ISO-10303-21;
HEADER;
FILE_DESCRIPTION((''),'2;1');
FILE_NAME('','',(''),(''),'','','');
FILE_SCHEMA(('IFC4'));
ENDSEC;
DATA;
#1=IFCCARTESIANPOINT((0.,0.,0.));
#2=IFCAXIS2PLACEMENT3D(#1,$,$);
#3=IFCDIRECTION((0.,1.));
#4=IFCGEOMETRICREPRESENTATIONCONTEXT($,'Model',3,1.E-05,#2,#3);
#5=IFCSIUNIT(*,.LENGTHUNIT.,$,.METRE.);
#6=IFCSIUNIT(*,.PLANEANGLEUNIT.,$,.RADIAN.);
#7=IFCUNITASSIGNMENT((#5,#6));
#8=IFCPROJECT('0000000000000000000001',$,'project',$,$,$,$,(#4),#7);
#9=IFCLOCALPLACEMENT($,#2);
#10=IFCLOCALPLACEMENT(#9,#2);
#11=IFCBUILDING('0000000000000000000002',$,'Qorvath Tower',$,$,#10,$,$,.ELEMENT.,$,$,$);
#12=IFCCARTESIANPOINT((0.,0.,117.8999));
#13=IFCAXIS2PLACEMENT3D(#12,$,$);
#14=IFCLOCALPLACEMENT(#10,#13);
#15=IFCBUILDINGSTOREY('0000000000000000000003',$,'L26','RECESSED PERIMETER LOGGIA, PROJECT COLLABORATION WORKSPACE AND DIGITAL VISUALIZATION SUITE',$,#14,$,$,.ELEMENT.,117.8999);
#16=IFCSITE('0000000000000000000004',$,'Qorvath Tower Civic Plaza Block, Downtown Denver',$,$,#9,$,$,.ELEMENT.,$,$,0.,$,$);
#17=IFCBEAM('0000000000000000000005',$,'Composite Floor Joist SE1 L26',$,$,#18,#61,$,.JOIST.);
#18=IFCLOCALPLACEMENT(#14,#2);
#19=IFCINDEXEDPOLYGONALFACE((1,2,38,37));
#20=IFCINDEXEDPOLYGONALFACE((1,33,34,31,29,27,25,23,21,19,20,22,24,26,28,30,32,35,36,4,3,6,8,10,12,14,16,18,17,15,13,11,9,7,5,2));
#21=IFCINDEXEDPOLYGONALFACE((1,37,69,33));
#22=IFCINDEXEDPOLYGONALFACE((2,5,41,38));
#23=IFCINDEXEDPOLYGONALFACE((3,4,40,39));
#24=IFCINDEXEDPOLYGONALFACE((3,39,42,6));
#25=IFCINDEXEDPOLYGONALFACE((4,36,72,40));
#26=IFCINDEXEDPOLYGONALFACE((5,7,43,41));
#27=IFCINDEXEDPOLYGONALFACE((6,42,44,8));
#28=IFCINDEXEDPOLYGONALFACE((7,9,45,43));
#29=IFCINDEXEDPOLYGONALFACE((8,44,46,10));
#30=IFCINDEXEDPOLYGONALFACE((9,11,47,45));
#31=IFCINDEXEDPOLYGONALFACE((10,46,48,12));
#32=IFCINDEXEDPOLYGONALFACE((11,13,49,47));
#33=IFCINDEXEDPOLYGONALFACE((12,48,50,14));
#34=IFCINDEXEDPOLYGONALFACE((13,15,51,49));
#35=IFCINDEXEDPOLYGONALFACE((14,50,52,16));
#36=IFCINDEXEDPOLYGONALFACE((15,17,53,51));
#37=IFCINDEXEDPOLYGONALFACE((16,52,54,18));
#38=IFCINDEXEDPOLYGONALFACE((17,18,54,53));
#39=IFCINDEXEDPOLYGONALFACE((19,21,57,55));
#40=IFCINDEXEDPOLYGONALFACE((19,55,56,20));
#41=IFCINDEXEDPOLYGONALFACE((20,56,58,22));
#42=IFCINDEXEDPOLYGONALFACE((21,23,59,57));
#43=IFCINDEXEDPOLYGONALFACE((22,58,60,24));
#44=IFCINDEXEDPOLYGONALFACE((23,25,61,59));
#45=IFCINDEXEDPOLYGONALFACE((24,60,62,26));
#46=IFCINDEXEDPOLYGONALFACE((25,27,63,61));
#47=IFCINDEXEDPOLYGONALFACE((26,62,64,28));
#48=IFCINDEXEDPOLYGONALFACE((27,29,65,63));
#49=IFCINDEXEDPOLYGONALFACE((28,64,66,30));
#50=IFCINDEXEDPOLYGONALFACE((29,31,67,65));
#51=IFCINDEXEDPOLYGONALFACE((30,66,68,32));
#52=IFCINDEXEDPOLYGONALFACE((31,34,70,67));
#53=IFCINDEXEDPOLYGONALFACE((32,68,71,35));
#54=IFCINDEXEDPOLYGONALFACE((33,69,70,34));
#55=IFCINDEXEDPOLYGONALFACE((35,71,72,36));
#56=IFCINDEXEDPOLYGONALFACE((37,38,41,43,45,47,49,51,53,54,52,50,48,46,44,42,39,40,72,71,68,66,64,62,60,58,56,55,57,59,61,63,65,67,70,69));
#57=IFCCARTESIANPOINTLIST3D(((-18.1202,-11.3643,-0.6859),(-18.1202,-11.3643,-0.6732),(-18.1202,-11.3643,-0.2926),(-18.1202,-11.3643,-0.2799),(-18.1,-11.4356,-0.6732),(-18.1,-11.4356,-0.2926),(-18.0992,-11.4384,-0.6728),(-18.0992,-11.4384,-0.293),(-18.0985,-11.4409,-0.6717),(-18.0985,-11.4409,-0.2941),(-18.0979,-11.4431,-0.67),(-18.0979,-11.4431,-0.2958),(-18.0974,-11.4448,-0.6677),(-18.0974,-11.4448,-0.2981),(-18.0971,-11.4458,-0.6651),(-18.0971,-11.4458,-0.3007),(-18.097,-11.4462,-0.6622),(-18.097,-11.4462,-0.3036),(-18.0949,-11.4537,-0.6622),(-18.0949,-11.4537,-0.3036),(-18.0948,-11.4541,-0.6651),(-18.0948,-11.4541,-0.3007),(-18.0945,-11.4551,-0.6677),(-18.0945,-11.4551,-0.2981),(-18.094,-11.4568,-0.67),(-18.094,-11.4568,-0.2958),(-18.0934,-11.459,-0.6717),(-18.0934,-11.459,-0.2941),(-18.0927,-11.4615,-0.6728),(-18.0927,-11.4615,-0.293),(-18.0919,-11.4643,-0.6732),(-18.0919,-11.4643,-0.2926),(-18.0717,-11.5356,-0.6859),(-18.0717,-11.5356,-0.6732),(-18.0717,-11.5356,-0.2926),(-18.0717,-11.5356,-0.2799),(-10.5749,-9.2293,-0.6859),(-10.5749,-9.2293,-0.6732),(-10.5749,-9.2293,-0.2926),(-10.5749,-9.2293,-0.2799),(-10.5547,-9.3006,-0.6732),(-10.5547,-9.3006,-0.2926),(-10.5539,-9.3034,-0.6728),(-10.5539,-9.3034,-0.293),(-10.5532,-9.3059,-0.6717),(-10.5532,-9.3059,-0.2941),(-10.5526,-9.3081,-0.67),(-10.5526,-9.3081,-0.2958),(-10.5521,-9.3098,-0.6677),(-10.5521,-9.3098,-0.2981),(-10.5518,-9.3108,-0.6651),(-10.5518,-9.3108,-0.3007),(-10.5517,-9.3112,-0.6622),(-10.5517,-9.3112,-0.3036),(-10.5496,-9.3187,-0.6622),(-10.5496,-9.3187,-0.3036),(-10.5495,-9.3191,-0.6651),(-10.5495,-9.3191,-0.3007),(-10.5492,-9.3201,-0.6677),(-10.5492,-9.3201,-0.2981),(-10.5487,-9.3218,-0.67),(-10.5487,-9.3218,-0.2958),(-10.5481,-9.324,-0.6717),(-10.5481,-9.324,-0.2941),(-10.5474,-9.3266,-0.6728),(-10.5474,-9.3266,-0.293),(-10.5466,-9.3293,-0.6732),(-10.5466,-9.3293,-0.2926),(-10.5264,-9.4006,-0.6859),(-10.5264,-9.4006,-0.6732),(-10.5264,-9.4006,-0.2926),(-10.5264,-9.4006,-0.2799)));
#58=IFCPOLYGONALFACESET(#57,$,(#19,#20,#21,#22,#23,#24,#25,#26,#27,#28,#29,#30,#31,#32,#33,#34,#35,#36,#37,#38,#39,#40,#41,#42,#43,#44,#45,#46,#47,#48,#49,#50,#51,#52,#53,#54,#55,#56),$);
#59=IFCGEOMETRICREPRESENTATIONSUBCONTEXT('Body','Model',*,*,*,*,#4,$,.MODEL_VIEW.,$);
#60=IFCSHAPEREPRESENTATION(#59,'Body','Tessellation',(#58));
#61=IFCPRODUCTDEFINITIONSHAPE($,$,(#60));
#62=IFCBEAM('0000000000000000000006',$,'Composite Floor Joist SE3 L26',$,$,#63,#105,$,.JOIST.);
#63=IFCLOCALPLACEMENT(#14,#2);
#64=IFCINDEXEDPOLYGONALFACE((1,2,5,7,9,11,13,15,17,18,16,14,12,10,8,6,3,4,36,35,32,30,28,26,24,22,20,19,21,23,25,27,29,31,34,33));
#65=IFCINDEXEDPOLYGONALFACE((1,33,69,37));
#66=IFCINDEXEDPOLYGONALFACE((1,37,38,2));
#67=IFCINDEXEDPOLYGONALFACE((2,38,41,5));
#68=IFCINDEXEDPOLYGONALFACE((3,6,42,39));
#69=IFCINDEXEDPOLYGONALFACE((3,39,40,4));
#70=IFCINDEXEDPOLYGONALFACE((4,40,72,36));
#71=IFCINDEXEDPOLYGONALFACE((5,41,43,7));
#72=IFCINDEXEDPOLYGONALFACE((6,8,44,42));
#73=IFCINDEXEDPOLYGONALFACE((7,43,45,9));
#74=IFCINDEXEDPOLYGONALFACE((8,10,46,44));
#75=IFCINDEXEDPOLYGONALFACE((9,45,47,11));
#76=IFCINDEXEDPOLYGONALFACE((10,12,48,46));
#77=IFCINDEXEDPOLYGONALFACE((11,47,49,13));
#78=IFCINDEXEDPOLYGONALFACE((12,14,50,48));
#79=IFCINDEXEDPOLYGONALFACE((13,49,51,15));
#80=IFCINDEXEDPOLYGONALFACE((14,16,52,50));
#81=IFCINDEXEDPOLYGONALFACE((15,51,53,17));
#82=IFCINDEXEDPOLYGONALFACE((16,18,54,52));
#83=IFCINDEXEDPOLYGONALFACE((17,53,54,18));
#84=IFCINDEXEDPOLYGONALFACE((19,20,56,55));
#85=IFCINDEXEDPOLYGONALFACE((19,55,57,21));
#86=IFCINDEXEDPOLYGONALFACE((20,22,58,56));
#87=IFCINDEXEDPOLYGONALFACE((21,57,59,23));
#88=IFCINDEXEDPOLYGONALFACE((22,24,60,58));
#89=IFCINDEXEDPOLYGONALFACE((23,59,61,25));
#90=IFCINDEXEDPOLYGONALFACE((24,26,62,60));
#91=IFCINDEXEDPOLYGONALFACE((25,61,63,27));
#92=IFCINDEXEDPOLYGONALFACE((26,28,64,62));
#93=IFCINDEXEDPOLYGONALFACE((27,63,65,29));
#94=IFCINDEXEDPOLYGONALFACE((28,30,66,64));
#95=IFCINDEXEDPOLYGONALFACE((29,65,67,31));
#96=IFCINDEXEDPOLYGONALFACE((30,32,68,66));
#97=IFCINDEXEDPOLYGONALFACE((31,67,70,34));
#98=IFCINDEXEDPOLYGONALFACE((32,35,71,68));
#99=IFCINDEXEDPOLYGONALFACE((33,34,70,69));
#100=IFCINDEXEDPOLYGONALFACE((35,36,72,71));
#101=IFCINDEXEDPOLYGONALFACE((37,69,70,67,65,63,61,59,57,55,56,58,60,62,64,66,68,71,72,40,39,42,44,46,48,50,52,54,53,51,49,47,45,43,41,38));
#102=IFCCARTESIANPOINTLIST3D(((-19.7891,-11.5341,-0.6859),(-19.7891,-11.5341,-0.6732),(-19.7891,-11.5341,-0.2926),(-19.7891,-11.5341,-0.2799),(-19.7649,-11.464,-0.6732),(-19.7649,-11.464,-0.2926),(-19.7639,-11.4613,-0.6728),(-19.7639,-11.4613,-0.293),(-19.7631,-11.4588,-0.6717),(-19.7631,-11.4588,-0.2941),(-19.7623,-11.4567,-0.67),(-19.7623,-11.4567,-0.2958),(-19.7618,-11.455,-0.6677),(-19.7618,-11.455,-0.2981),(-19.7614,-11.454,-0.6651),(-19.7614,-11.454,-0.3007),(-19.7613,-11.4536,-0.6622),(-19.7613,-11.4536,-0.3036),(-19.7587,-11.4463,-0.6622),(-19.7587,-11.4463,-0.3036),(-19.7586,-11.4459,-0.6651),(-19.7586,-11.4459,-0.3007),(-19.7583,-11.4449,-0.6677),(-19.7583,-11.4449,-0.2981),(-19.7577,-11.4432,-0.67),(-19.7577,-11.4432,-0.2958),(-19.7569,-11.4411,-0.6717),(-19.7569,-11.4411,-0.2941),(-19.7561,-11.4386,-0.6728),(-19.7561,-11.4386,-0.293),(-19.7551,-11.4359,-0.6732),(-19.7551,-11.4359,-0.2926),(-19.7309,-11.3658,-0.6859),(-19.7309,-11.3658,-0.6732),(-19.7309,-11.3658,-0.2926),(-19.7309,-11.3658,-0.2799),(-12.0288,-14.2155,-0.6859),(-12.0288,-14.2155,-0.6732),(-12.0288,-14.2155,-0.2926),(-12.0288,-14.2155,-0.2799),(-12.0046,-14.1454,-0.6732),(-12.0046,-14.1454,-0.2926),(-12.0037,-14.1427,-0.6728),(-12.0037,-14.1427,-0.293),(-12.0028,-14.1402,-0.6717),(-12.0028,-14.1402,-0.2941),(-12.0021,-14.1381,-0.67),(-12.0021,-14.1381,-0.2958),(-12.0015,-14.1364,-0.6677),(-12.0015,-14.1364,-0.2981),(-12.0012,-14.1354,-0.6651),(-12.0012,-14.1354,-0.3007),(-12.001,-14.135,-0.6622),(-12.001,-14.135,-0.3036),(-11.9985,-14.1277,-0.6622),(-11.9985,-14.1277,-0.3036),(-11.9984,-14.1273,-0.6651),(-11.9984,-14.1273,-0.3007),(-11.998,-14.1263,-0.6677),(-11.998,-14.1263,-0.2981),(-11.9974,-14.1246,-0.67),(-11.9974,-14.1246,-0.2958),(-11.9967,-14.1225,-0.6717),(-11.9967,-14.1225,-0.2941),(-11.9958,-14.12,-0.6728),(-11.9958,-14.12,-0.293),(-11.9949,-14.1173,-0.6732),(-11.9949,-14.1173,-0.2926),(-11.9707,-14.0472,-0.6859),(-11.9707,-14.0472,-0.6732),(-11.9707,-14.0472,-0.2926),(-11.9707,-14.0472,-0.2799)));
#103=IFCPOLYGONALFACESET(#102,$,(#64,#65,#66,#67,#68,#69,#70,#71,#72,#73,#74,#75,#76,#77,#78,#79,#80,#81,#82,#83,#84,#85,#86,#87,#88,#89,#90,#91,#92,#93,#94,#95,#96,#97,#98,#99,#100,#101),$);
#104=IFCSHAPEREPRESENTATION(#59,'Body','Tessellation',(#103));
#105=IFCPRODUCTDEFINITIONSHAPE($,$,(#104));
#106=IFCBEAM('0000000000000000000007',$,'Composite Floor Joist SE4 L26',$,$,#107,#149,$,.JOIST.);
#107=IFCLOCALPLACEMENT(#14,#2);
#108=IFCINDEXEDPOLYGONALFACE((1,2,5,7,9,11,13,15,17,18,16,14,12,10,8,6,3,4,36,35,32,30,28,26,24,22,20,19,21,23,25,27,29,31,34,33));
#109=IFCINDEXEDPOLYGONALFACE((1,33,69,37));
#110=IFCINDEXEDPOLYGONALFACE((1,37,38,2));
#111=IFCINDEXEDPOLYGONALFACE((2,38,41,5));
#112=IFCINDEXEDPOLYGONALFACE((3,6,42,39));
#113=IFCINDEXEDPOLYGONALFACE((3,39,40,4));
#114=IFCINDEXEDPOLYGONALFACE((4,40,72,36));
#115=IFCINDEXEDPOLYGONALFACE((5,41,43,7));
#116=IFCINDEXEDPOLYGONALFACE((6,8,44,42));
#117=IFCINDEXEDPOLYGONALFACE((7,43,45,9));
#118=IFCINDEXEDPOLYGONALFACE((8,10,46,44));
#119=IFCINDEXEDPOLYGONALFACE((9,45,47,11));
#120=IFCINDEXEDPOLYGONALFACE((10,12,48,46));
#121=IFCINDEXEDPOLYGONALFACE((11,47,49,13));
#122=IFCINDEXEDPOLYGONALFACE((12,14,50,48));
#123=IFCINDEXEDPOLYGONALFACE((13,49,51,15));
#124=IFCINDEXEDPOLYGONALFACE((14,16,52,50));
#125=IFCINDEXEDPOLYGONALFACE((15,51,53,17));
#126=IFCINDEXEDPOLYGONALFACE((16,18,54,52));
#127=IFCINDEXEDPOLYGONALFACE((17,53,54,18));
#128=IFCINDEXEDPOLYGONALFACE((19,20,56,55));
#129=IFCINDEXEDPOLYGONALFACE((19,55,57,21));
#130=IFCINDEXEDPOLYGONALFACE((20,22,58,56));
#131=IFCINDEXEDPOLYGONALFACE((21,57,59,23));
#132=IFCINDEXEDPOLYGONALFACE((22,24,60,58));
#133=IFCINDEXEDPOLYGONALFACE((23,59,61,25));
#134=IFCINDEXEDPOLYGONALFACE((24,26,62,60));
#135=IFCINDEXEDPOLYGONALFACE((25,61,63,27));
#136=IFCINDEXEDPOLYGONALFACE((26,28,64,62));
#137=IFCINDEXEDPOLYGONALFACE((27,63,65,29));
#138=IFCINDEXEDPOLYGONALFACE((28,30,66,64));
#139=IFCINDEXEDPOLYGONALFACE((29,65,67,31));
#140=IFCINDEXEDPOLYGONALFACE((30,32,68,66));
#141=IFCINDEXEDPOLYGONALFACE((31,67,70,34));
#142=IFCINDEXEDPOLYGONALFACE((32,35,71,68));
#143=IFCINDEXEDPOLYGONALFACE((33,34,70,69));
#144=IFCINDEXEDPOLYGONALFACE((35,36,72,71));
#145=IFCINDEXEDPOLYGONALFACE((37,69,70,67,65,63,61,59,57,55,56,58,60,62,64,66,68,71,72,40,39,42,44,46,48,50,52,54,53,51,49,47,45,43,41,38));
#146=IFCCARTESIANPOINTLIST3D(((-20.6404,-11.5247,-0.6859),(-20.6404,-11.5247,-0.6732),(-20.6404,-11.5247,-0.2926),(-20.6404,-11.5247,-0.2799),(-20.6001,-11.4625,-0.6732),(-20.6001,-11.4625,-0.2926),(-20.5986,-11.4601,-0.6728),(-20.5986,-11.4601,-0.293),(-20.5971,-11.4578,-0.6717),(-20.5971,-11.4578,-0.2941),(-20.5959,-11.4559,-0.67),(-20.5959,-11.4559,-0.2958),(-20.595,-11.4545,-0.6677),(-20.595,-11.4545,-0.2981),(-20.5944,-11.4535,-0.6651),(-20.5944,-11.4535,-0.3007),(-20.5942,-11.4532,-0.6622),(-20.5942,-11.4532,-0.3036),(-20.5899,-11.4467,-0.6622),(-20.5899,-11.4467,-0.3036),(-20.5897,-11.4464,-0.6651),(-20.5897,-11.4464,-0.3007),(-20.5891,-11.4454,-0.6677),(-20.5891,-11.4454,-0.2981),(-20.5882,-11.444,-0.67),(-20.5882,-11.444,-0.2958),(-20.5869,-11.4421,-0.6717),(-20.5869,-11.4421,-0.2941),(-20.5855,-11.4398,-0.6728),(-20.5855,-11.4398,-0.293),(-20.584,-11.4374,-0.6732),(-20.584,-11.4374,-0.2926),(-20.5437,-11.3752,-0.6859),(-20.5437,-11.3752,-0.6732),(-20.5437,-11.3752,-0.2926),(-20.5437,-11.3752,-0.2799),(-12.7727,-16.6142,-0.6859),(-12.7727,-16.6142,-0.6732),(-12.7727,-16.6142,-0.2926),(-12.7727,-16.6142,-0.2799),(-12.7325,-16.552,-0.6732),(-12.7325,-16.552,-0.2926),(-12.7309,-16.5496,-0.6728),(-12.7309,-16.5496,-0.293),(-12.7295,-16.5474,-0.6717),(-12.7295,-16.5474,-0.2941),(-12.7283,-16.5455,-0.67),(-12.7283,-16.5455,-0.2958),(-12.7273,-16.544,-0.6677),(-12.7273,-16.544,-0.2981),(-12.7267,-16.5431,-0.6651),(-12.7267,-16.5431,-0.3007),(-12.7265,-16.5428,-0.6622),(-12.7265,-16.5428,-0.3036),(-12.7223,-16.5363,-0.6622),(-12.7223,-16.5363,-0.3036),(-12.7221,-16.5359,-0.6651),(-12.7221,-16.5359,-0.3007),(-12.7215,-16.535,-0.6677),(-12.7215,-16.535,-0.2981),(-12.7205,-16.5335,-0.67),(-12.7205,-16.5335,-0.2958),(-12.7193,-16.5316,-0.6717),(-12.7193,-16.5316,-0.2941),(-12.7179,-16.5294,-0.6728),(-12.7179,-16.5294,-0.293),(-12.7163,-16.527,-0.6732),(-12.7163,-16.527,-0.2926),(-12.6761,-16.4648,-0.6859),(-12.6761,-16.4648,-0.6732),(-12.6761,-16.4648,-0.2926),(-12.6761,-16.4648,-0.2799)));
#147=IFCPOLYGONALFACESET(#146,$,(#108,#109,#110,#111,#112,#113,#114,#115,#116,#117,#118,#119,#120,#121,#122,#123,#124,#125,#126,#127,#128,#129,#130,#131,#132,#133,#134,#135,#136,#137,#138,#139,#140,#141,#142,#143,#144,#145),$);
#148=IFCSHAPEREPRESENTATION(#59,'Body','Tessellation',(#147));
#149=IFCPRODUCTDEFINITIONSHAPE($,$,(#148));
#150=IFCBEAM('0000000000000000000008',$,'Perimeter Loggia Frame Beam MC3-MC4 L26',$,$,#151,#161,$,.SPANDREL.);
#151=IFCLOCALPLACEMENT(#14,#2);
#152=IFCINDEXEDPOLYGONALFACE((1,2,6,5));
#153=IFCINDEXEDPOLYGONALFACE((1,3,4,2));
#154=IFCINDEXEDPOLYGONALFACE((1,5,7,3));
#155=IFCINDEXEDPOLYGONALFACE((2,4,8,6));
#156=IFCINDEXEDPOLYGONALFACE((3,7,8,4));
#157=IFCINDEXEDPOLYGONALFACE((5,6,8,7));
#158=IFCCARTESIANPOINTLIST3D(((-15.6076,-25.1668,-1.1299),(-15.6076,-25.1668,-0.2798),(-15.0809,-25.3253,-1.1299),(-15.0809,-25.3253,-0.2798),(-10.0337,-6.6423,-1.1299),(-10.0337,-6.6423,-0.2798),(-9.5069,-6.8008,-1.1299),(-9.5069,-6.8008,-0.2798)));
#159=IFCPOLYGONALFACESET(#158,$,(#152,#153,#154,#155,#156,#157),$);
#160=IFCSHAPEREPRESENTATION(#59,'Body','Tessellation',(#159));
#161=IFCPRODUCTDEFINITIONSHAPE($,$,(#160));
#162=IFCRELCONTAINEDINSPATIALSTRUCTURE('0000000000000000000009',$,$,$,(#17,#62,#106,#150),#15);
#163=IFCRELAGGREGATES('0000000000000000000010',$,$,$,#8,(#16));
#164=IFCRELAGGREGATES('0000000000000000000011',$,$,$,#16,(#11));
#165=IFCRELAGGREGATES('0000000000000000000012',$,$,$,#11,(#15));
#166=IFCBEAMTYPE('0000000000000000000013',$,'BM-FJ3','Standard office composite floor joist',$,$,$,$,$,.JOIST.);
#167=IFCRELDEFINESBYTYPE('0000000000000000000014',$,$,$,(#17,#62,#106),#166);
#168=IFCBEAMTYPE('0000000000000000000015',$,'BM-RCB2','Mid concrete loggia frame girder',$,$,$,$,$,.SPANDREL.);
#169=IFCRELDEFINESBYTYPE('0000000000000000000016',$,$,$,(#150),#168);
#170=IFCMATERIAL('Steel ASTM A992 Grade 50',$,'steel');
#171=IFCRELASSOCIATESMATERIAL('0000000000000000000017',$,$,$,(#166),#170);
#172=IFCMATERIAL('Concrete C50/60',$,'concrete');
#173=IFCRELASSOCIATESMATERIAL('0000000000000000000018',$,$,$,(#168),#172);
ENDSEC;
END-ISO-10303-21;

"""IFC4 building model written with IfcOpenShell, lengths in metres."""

from ifc_helpers import new_model, si_unit, direction, frame, origin, origin_2d, place, context, subcontext, project, spatial, rectangle, i_section, extrude, material, material_profile, profile_set, type_object, element, save


model = new_model("IFC4")

# Units and contexts
model_context = context("Model", 3, precision=1e-05, world=origin(), true_north=direction((0.0, 1.0)))
body_context = subcontext(model_context, "Body", "Model", "MODEL_VIEW")
ifc_project = project(units=[si_unit("LENGTHUNIT", "METRE"), si_unit("PLANEANGLEUNIT", "RADIAN")], contexts=[model_context])

# Site, building, storey
site_placement = place(None, origin())
site = spatial("IfcSite", under=ifc_project, at=site_placement, Name="Qorvath Tower Civic Plaza Block, Downtown Denver", CompositionType="ELEMENT", RefElevation=0.0)
building_placement = place(site_placement, origin())
building = spatial("IfcBuilding", under=site, at=building_placement, Name="Qorvath Tower", CompositionType="ELEMENT")
storey_placement = place(building_placement, frame((0.0, 0.0, 117.8999)))
storey = spatial("IfcBuildingStorey", under=building, at=storey_placement, Name="L26", Description="RECESSED PERIMETER LOGGIA, PROJECT COLLABORATION WORKSPACE AND DIGITAL VISUALIZATION SUITE", CompositionType="ELEMENT", Elevation=117.8999)

# Beams
ifc_material_1 = material(Name="Steel ASTM A992 Grade 50", Category="steel")
ifc_material_profile_1 = material_profile(ifc_material_1, i_section(OverallWidth=0.178, OverallDepth=0.406, WebThickness=0.0078, FlangeThickness=0.0127, FilletRadius=0.011, at=origin_2d()), Name="W16x40")
ifc_profile_set_1 = profile_set([ifc_material_profile_1], Name="Steel ASTM A992 Grade 50")
beam_type_1 = type_object("IfcBeamType", Name="BM-FJ3", Description="Standard office composite floor joist", PredefinedType="JOIST", material=ifc_profile_set_1)
beam_1_placement = place(storey_placement, frame((-18.0959, -11.45, -0.4829), z_axis=(0.962222, 0.272265, 0.0), x_axis=(-0.272265, 0.962222, 0.0)))
element("IfcBeam", 1, at=beam_1_placement, inside=storey, type_object=beam_type_1, Name="Composite Floor Joist SE1 L26", PredefinedType="JOIST", context=body_context, shape_type="SweptSolid", body=[
    extrude(i_section(OverallWidth=0.178, OverallDepth=0.406, WebThickness=0.0078, FlangeThickness=0.0127, FilletRadius=0.011, at=origin_2d()), origin(), (0.0, 0.0, 1.0), 7.8416),
])
beam_2_placement = place(storey_placement, frame((-19.76, -11.45, -0.4829), z_axis=(0.945168, -0.326584, 0.0), x_axis=(0.326584, 0.945168, 0.0)))
element("IfcBeam", 2, at=beam_2_placement, inside=storey, type_object=beam_type_1, Name="Composite Floor Joist SE3 L26", PredefinedType="JOIST", context=body_context, shape_type="SweptSolid", body=[
    extrude(i_section(OverallWidth=0.178, OverallDepth=0.406, WebThickness=0.0078, FlangeThickness=0.0127, FilletRadius=0.011, at=origin_2d()), origin(), (0.0, 0.0, 1.0), 8.2104),
])
beam_3_placement = place(storey_placement, frame((-20.592, -11.45, -0.4829), z_axis=(0.839631, -0.543157, 0.0), x_axis=(0.543157, 0.839631, 0.0)))
element("IfcBeam", 3, at=beam_3_placement, inside=storey, type_object=beam_type_1, Name="Composite Floor Joist SE4 L26", PredefinedType="JOIST", context=body_context, shape_type="SweptSolid", body=[
    extrude(i_section(OverallWidth=0.178, OverallDepth=0.406, WebThickness=0.0078, FlangeThickness=0.0127, FilletRadius=0.011, at=origin_2d()), origin(), (0.0, 0.0, 1.0), 9.3704),
])
ifc_material_2 = material(Name="Concrete C50/60", Category="concrete")
ifc_material_profile_2 = material_profile(ifc_material_2, rectangle(XDim=0.55, YDim=0.8501, at=origin_2d()), Name="RCB 850x550")
ifc_profile_set_2 = profile_set([ifc_material_profile_2], Name="Concrete C50/60")
beam_type_2 = type_object("IfcBeamType", Name="BM-RCB2", Description="Mid concrete loggia frame girder", PredefinedType="SPANDREL", material=ifc_profile_set_2)
beam_4_placement = place(storey_placement, frame((-15.3442, -25.2461, -0.7048), z_axis=(0.288134, 0.95759, 0.0), x_axis=(-0.95759, 0.288134, 0.0)))
element("IfcBeam", 4, at=beam_4_placement, inside=storey, type_object=beam_type_2, Name="Perimeter Loggia Frame Beam MC3-MC4 L26", PredefinedType="SPANDREL", context=body_context, shape_type="SweptSolid", body=[
    extrude(rectangle(XDim=0.55, YDim=0.8501, at=origin_2d()), origin(), (0.0, 0.0, 1.0), 19.345),
])

save(model, "model.ifc")
